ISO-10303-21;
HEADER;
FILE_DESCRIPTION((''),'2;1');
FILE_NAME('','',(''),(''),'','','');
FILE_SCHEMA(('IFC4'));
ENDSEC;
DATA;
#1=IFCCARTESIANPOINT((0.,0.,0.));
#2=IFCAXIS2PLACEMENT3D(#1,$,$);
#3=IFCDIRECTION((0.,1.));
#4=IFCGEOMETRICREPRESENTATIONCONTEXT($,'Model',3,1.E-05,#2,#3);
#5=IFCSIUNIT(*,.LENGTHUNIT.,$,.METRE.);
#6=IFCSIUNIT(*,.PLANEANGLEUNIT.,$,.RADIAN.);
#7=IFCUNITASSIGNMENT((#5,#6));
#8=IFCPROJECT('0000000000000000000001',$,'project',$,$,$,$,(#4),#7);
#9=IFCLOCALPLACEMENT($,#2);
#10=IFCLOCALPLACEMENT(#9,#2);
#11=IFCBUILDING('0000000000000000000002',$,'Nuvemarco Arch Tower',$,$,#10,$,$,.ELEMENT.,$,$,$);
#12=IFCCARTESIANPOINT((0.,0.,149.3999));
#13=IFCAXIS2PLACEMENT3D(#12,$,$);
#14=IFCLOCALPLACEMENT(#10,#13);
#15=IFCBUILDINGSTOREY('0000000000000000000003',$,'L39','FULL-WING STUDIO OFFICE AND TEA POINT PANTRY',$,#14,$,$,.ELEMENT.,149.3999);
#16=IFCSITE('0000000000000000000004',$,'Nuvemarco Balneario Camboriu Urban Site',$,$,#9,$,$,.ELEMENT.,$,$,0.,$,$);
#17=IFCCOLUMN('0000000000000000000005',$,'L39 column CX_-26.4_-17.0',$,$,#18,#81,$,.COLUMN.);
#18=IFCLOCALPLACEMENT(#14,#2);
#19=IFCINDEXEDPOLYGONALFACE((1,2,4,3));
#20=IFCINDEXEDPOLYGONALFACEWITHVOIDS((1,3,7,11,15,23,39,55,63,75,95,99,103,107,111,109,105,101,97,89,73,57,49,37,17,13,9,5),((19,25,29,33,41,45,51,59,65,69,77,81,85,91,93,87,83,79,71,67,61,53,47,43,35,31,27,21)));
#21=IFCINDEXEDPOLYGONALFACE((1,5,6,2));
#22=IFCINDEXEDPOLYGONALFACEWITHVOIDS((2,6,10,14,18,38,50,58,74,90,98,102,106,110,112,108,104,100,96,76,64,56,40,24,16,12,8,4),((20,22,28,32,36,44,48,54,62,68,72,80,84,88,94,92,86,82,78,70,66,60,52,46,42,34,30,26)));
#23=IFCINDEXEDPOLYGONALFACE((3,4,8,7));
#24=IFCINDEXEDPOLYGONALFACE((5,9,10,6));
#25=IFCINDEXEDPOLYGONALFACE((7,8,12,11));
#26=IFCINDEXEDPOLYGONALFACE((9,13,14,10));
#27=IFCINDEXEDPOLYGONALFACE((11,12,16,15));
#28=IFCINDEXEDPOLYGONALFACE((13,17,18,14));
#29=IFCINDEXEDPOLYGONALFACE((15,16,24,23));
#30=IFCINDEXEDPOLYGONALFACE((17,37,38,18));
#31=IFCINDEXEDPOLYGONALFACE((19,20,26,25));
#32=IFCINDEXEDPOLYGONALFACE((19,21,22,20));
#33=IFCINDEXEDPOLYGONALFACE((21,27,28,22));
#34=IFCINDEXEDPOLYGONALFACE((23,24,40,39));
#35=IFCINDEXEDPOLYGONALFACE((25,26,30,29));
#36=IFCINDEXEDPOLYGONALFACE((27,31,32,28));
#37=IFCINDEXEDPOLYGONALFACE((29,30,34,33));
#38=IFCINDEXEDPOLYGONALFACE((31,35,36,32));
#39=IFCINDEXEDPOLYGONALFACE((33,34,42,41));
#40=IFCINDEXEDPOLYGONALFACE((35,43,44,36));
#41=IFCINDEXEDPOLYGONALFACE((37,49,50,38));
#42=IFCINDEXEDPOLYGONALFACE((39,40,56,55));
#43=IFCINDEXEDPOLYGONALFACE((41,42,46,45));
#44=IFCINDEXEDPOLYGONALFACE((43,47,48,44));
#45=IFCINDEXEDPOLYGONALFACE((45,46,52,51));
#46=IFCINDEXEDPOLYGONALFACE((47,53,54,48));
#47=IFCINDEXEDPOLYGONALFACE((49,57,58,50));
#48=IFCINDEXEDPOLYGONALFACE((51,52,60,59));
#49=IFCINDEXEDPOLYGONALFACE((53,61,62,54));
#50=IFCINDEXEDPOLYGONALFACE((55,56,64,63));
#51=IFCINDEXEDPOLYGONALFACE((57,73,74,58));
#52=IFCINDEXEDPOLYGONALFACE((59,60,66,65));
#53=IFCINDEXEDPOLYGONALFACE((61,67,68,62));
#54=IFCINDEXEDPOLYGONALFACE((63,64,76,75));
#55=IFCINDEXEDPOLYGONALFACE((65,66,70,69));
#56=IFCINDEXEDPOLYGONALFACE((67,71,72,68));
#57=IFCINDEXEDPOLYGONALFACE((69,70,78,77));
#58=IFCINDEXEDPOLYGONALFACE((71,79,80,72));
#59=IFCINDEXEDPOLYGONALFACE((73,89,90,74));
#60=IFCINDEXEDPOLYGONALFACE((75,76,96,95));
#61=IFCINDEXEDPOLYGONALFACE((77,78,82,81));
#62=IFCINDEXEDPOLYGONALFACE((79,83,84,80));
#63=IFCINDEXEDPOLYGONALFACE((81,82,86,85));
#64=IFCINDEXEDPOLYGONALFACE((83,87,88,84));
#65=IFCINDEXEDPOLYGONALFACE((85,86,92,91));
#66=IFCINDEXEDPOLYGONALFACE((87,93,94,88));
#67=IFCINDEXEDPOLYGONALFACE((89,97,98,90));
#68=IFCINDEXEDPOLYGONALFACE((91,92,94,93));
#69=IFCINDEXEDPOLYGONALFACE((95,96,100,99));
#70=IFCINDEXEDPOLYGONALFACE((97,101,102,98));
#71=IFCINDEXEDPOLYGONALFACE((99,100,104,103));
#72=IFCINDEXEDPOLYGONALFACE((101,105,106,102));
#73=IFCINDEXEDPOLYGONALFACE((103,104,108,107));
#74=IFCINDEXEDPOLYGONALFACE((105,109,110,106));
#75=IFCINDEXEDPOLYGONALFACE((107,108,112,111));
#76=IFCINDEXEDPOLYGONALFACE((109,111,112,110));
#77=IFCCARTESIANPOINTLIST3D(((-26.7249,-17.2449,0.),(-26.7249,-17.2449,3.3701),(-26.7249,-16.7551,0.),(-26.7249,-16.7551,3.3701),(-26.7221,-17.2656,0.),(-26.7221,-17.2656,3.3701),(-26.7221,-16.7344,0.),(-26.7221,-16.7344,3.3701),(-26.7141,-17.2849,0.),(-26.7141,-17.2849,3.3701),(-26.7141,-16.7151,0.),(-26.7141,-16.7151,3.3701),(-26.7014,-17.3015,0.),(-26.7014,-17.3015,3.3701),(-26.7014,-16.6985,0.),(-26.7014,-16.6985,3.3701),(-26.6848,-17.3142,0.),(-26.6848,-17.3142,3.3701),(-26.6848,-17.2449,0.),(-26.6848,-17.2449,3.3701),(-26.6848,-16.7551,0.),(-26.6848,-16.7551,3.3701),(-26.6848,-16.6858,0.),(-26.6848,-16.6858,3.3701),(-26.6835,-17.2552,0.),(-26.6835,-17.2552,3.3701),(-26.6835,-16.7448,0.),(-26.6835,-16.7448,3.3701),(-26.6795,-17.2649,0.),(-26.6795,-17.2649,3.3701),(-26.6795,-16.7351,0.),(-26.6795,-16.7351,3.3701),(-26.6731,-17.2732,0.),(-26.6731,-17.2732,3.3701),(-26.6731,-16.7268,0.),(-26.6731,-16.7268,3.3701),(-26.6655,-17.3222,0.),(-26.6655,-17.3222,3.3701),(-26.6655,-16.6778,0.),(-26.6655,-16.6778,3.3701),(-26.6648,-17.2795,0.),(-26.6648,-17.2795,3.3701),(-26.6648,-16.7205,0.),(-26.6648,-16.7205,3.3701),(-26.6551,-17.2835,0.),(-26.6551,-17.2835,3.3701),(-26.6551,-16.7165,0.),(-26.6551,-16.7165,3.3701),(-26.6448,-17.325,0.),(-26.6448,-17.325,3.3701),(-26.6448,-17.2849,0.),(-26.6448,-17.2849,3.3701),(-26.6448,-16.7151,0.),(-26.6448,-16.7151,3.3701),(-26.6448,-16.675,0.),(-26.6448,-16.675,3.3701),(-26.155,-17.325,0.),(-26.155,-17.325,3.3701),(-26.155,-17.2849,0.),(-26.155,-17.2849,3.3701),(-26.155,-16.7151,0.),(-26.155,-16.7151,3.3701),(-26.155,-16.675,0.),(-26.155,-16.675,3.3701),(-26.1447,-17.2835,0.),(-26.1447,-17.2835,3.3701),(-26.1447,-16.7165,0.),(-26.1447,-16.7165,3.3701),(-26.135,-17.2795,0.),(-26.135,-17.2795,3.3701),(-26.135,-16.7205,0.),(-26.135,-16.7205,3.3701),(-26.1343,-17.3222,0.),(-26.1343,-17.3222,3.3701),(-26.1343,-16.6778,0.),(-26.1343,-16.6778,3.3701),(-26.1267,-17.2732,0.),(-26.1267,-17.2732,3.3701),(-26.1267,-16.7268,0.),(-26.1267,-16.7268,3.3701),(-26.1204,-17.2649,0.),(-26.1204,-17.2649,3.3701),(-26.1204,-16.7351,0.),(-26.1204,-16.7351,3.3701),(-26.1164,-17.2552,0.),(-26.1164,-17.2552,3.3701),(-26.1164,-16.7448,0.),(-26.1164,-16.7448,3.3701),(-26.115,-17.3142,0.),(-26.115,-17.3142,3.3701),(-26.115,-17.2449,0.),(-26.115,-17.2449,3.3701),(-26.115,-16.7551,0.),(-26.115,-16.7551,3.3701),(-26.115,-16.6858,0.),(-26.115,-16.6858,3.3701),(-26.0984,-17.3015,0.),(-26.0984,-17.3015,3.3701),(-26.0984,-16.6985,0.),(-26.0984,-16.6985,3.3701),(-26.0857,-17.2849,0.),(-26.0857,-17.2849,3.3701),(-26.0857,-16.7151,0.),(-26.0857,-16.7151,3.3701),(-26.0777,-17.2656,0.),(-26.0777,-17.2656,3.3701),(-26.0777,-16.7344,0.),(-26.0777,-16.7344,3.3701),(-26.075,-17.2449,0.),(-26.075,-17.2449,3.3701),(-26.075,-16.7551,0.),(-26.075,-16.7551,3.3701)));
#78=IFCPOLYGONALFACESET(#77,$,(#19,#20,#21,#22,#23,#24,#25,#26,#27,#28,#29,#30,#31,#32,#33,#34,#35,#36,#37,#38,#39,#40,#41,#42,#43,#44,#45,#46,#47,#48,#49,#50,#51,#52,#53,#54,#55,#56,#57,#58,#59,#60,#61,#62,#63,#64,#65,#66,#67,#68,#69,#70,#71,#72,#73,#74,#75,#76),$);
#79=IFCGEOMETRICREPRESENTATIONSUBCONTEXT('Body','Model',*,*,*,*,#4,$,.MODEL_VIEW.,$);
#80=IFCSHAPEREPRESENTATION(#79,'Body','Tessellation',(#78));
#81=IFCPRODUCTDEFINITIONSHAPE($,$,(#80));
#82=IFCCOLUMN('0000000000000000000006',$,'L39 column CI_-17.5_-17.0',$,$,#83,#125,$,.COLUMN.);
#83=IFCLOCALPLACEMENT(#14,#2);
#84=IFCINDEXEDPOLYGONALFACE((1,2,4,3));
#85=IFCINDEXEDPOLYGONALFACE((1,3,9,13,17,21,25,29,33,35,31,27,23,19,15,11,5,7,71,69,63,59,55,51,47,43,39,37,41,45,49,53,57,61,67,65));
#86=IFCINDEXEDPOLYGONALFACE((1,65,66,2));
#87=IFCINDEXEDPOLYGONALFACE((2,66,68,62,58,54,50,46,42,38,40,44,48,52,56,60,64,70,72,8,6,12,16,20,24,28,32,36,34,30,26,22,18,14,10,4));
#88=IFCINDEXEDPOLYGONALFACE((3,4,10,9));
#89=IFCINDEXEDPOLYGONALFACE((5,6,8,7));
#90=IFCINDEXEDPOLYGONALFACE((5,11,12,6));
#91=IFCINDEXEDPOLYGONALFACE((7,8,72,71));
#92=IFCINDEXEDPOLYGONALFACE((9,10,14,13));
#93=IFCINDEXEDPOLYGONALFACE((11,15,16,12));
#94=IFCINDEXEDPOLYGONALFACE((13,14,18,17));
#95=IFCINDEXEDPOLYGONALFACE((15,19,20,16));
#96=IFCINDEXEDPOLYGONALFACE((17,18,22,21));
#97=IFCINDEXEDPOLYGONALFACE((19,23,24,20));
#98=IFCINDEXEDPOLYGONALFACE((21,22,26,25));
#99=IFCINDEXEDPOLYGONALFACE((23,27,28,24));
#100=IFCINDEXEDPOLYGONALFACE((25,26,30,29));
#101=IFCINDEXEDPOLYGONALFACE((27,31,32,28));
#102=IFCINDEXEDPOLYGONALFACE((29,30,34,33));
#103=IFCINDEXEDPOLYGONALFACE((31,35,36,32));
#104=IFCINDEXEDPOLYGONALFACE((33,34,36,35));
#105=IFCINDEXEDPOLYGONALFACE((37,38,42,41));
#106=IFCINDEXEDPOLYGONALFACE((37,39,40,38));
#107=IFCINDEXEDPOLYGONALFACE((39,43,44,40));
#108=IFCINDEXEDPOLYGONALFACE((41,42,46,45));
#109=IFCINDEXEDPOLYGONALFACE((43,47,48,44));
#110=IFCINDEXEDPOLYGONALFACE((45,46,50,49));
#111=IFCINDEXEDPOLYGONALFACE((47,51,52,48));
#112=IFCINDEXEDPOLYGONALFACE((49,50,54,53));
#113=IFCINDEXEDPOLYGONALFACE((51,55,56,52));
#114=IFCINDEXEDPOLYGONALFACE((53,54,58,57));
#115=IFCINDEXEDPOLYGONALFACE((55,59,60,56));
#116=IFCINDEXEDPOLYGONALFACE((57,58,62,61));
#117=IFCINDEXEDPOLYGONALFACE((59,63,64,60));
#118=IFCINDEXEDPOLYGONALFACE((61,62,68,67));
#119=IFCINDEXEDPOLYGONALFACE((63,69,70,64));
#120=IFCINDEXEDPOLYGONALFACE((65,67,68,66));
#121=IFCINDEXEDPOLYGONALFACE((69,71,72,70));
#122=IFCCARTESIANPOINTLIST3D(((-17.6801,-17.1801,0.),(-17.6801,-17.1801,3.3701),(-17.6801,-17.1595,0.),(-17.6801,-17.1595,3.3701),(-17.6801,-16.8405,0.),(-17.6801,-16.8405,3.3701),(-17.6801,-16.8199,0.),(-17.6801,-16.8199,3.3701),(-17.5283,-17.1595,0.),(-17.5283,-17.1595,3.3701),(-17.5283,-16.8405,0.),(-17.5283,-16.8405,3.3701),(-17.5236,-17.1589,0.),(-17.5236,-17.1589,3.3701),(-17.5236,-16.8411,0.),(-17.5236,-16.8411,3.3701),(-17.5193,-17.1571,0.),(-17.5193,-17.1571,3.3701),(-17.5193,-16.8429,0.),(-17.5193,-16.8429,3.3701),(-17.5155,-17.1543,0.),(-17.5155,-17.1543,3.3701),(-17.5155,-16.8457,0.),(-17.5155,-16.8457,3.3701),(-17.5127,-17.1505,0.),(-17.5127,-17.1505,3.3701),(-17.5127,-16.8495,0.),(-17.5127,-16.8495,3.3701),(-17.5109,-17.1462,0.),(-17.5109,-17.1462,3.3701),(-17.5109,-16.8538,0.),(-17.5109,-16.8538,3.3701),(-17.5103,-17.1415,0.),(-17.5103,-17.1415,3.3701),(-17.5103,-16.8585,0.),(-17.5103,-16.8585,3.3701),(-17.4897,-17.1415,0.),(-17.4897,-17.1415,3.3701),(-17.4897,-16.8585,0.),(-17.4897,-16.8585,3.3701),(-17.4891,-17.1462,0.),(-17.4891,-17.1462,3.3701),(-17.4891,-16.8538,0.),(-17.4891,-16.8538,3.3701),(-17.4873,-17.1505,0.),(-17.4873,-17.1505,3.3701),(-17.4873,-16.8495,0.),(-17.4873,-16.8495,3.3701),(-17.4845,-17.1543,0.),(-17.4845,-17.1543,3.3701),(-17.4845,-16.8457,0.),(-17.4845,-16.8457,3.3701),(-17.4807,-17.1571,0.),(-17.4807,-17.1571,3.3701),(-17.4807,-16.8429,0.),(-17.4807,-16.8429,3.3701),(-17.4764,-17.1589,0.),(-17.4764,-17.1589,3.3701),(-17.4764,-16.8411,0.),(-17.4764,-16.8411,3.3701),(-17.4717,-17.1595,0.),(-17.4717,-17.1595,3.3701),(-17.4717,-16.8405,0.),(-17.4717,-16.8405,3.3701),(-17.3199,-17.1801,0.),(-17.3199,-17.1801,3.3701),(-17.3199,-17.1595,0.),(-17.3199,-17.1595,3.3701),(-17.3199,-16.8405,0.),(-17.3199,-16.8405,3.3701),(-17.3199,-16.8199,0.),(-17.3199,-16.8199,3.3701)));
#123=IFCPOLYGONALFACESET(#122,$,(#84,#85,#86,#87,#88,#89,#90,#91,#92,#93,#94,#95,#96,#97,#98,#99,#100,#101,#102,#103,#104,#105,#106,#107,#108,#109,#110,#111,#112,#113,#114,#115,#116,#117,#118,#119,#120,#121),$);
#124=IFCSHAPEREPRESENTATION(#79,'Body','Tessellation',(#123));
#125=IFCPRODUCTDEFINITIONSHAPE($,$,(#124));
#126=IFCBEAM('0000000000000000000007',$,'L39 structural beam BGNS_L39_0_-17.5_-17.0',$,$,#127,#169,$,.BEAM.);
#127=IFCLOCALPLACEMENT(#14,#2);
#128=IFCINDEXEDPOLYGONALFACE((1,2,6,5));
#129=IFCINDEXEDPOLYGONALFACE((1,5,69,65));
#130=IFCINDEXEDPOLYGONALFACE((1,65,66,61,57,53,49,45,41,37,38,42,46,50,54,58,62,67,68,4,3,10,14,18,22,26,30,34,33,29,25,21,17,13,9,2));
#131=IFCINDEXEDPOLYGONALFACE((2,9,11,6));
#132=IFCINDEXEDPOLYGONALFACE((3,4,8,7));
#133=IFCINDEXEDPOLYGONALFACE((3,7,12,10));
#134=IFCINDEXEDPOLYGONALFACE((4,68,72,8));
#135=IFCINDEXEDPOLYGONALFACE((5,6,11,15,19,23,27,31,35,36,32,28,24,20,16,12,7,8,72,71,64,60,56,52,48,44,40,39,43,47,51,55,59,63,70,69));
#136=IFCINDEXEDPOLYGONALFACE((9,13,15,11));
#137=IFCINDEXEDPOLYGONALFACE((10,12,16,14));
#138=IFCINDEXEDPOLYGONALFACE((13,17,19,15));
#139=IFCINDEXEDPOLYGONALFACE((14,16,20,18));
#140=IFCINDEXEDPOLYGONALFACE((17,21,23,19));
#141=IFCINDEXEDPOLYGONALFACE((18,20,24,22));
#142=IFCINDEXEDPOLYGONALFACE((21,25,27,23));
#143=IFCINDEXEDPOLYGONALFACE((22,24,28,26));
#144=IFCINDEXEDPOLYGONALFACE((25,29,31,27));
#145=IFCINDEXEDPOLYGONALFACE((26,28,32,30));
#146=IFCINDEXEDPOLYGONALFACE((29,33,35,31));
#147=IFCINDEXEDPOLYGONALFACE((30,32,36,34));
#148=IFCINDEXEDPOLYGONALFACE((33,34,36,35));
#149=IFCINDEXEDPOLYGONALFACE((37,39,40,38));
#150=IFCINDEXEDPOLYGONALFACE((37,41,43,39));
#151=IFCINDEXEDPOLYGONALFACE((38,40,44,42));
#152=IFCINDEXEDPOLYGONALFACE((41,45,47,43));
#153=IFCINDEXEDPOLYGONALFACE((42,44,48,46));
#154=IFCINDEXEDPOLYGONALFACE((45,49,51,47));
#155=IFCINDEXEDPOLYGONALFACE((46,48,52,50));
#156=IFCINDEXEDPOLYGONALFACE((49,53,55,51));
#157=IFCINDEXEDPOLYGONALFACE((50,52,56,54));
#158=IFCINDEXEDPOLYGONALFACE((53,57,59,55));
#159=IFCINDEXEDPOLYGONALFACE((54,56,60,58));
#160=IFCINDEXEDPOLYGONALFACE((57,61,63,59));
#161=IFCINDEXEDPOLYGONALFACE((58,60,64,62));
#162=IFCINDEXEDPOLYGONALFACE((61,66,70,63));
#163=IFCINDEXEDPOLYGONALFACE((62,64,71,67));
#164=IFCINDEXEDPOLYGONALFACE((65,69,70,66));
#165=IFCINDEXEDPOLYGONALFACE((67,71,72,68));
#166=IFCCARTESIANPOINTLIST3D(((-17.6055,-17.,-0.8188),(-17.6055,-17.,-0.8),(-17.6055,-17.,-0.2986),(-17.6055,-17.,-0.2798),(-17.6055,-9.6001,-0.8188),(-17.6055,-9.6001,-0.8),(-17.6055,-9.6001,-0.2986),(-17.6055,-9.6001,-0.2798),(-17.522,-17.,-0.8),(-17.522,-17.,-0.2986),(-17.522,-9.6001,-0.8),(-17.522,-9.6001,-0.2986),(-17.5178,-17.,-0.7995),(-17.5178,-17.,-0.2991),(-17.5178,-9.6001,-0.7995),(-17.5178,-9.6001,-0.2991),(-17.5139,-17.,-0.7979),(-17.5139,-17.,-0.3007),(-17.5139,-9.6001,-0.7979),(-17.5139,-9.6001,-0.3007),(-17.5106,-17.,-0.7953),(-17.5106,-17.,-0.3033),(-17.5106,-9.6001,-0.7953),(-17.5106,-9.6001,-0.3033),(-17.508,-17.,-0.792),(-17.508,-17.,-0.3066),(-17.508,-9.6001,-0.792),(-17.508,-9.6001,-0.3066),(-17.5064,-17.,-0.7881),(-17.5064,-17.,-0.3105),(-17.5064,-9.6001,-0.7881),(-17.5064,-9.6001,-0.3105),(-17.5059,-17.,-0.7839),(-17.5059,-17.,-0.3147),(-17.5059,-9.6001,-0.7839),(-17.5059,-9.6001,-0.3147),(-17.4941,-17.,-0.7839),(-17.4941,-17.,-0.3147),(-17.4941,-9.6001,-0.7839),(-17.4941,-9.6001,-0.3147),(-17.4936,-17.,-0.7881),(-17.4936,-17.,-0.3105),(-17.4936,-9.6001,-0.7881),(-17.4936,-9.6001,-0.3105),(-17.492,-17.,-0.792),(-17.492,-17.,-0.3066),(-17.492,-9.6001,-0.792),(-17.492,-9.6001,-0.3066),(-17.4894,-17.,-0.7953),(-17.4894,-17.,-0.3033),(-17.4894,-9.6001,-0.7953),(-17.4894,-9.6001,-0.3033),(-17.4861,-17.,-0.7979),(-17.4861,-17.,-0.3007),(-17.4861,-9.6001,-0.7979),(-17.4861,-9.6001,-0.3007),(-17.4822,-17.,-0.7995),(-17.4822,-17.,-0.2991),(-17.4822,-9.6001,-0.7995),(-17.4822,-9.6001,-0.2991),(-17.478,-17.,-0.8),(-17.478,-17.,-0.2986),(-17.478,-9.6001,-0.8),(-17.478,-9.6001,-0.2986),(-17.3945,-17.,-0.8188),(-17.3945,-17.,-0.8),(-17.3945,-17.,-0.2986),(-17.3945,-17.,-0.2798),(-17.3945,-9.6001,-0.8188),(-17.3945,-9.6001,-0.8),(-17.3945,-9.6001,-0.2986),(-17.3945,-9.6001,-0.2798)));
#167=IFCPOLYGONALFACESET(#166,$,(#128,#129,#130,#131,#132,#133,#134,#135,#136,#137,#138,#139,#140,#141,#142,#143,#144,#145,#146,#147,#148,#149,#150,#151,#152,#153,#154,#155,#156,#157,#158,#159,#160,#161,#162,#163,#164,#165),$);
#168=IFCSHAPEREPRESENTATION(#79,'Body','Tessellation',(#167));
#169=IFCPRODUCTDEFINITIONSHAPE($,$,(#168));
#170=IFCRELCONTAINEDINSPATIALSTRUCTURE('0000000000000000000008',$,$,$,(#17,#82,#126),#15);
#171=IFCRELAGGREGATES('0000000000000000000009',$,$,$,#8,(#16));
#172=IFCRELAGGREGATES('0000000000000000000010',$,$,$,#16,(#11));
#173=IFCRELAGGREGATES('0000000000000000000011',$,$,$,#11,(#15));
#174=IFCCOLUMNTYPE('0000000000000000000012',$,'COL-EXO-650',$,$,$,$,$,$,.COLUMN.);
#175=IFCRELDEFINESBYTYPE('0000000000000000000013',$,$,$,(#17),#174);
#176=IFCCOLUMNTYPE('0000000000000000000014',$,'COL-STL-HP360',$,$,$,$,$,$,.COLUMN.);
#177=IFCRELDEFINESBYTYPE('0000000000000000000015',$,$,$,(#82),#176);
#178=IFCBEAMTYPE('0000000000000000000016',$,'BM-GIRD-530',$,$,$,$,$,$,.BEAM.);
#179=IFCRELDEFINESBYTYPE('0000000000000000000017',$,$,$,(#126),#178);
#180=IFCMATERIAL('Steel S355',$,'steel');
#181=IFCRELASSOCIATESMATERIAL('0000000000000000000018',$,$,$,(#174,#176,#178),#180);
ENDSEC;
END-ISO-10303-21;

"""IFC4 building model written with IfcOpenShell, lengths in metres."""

from ifc_helpers import new_model, si_unit, direction, frame, origin, origin_2d, place, context, subcontext, project, spatial, hollow_rectangle, i_section, extrude, material, material_profile, profile_set, type_object, element, save


model = new_model("IFC4")

# Units and contexts
model_context = context("Model", 3, precision=1e-05, world=origin(), true_north=direction((0.0, 1.0)))
body_context = subcontext(model_context, "Body", "Model", "MODEL_VIEW")
ifc_project = project(units=[si_unit("LENGTHUNIT", "METRE"), si_unit("PLANEANGLEUNIT", "RADIAN")], contexts=[model_context])

# Site, building, storey
site_placement = place(None, origin())
site = spatial("IfcSite", under=ifc_project, at=site_placement, Name="Nuvemarco Balneario Camboriu Urban Site", CompositionType="ELEMENT", RefElevation=0.0)
building_placement = place(site_placement, origin())
building = spatial("IfcBuilding", under=site, at=building_placement, Name="Nuvemarco Arch Tower", CompositionType="ELEMENT")
storey_placement = place(building_placement, frame((0.0, 0.0, 149.3999)))
storey = spatial("IfcBuildingStorey", under=building, at=storey_placement, Name="L39", Description="FULL-WING STUDIO OFFICE AND TEA POINT PANTRY", CompositionType="ELEMENT", Elevation=149.3999)

# Columns
ifc_material_1 = material(Name="Steel S355", Category="steel")
ifc_material_profile_1 = material_profile(ifc_material_1, hollow_rectangle(XDim=0.6499, YDim=0.6499, WallThickness=0.04, InnerFilletRadius=0.04, OuterFilletRadius=0.0801, at=origin_2d()), Name="SHS650x650x40")
ifc_profile_set_1 = profile_set([ifc_material_profile_1], Name="Steel S355")
column_type_1 = type_object("IfcColumnType", Name="COL-EXO-650", PredefinedType="COLUMN", material=ifc_profile_set_1)
column_1_placement = place(storey_placement, frame((-26.3999, -17.0, 0.0), z_axis=(0.0, 0.0, 1.0), x_axis=(1.0, 0.0, 0.0)))
element("IfcColumn", 1, at=column_1_placement, inside=storey, type_object=column_type_1, Name="L39 column CX_-26.4_-17.0", PredefinedType="COLUMN", context=body_context, shape_type="SweptSolid", body=[
    extrude(hollow_rectangle(XDim=0.6499, YDim=0.6499, WallThickness=0.04, InnerFilletRadius=0.04, OuterFilletRadius=0.0801, at=origin_2d()), origin(), (0.0, 0.0, 1.0), 3.3701),
])
ifc_material_profile_2 = material_profile(ifc_material_1, i_section(OverallWidth=0.3601, OverallDepth=0.3601, WebThickness=0.0205, FlangeThickness=0.0205, FilletRadius=0.0181, at=origin_2d()), Name="HP360x174")
ifc_profile_set_2 = profile_set([ifc_material_profile_2], Name="Steel S355")
column_type_2 = type_object("IfcColumnType", Name="COL-STL-HP360", PredefinedType="COLUMN", material=ifc_profile_set_2)
column_2_placement = place(storey_placement, frame((-17.5, -17.0, 0.0), z_axis=(0.0, 0.0, 1.0), x_axis=(1.0, 0.0, 0.0)))
element("IfcColumn", 2, at=column_2_placement, inside=storey, type_object=column_type_2, Name="L39 column CI_-17.5_-17.0", PredefinedType="COLUMN", context=body_context, shape_type="SweptSolid", body=[
    extrude(i_section(OverallWidth=0.3601, OverallDepth=0.3601, WebThickness=0.0205, FlangeThickness=0.0205, FilletRadius=0.0181, at=origin_2d()), origin(), (0.0, 0.0, 1.0), 3.3701),
])

# Beam
ifc_material_profile_3 = material_profile(ifc_material_1, i_section(OverallWidth=0.2109, OverallDepth=0.5391, WebThickness=0.0117, FlangeThickness=0.0188, FilletRadius=0.0161, at=origin_2d()), Name="W530x109")
ifc_profile_set_3 = profile_set([ifc_material_profile_3], Name="Steel S355")
beam_type_1 = type_object("IfcBeamType", Name="BM-GIRD-530", PredefinedType="BEAM", material=ifc_profile_set_3)
beam_1_placement = place(storey_placement, frame((-17.5, -17.0, -0.5493), z_axis=(0.0, 1.0, 0.0), x_axis=(-1.0, 0.0, 0.0)))
element("IfcBeam", 3, at=beam_1_placement, inside=storey, type_object=beam_type_1, Name="L39 structural beam BGNS_L39_0_-17.5_-17.0", PredefinedType="BEAM", context=body_context, shape_type="SweptSolid", body=[
    extrude(i_section(OverallWidth=0.2109, OverallDepth=0.5391, WebThickness=0.0117, FlangeThickness=0.0188, FilletRadius=0.0161, at=origin_2d()), origin(), (0.0, 0.0, 1.0), 7.3999),
])

save(model, "model.ifc")
